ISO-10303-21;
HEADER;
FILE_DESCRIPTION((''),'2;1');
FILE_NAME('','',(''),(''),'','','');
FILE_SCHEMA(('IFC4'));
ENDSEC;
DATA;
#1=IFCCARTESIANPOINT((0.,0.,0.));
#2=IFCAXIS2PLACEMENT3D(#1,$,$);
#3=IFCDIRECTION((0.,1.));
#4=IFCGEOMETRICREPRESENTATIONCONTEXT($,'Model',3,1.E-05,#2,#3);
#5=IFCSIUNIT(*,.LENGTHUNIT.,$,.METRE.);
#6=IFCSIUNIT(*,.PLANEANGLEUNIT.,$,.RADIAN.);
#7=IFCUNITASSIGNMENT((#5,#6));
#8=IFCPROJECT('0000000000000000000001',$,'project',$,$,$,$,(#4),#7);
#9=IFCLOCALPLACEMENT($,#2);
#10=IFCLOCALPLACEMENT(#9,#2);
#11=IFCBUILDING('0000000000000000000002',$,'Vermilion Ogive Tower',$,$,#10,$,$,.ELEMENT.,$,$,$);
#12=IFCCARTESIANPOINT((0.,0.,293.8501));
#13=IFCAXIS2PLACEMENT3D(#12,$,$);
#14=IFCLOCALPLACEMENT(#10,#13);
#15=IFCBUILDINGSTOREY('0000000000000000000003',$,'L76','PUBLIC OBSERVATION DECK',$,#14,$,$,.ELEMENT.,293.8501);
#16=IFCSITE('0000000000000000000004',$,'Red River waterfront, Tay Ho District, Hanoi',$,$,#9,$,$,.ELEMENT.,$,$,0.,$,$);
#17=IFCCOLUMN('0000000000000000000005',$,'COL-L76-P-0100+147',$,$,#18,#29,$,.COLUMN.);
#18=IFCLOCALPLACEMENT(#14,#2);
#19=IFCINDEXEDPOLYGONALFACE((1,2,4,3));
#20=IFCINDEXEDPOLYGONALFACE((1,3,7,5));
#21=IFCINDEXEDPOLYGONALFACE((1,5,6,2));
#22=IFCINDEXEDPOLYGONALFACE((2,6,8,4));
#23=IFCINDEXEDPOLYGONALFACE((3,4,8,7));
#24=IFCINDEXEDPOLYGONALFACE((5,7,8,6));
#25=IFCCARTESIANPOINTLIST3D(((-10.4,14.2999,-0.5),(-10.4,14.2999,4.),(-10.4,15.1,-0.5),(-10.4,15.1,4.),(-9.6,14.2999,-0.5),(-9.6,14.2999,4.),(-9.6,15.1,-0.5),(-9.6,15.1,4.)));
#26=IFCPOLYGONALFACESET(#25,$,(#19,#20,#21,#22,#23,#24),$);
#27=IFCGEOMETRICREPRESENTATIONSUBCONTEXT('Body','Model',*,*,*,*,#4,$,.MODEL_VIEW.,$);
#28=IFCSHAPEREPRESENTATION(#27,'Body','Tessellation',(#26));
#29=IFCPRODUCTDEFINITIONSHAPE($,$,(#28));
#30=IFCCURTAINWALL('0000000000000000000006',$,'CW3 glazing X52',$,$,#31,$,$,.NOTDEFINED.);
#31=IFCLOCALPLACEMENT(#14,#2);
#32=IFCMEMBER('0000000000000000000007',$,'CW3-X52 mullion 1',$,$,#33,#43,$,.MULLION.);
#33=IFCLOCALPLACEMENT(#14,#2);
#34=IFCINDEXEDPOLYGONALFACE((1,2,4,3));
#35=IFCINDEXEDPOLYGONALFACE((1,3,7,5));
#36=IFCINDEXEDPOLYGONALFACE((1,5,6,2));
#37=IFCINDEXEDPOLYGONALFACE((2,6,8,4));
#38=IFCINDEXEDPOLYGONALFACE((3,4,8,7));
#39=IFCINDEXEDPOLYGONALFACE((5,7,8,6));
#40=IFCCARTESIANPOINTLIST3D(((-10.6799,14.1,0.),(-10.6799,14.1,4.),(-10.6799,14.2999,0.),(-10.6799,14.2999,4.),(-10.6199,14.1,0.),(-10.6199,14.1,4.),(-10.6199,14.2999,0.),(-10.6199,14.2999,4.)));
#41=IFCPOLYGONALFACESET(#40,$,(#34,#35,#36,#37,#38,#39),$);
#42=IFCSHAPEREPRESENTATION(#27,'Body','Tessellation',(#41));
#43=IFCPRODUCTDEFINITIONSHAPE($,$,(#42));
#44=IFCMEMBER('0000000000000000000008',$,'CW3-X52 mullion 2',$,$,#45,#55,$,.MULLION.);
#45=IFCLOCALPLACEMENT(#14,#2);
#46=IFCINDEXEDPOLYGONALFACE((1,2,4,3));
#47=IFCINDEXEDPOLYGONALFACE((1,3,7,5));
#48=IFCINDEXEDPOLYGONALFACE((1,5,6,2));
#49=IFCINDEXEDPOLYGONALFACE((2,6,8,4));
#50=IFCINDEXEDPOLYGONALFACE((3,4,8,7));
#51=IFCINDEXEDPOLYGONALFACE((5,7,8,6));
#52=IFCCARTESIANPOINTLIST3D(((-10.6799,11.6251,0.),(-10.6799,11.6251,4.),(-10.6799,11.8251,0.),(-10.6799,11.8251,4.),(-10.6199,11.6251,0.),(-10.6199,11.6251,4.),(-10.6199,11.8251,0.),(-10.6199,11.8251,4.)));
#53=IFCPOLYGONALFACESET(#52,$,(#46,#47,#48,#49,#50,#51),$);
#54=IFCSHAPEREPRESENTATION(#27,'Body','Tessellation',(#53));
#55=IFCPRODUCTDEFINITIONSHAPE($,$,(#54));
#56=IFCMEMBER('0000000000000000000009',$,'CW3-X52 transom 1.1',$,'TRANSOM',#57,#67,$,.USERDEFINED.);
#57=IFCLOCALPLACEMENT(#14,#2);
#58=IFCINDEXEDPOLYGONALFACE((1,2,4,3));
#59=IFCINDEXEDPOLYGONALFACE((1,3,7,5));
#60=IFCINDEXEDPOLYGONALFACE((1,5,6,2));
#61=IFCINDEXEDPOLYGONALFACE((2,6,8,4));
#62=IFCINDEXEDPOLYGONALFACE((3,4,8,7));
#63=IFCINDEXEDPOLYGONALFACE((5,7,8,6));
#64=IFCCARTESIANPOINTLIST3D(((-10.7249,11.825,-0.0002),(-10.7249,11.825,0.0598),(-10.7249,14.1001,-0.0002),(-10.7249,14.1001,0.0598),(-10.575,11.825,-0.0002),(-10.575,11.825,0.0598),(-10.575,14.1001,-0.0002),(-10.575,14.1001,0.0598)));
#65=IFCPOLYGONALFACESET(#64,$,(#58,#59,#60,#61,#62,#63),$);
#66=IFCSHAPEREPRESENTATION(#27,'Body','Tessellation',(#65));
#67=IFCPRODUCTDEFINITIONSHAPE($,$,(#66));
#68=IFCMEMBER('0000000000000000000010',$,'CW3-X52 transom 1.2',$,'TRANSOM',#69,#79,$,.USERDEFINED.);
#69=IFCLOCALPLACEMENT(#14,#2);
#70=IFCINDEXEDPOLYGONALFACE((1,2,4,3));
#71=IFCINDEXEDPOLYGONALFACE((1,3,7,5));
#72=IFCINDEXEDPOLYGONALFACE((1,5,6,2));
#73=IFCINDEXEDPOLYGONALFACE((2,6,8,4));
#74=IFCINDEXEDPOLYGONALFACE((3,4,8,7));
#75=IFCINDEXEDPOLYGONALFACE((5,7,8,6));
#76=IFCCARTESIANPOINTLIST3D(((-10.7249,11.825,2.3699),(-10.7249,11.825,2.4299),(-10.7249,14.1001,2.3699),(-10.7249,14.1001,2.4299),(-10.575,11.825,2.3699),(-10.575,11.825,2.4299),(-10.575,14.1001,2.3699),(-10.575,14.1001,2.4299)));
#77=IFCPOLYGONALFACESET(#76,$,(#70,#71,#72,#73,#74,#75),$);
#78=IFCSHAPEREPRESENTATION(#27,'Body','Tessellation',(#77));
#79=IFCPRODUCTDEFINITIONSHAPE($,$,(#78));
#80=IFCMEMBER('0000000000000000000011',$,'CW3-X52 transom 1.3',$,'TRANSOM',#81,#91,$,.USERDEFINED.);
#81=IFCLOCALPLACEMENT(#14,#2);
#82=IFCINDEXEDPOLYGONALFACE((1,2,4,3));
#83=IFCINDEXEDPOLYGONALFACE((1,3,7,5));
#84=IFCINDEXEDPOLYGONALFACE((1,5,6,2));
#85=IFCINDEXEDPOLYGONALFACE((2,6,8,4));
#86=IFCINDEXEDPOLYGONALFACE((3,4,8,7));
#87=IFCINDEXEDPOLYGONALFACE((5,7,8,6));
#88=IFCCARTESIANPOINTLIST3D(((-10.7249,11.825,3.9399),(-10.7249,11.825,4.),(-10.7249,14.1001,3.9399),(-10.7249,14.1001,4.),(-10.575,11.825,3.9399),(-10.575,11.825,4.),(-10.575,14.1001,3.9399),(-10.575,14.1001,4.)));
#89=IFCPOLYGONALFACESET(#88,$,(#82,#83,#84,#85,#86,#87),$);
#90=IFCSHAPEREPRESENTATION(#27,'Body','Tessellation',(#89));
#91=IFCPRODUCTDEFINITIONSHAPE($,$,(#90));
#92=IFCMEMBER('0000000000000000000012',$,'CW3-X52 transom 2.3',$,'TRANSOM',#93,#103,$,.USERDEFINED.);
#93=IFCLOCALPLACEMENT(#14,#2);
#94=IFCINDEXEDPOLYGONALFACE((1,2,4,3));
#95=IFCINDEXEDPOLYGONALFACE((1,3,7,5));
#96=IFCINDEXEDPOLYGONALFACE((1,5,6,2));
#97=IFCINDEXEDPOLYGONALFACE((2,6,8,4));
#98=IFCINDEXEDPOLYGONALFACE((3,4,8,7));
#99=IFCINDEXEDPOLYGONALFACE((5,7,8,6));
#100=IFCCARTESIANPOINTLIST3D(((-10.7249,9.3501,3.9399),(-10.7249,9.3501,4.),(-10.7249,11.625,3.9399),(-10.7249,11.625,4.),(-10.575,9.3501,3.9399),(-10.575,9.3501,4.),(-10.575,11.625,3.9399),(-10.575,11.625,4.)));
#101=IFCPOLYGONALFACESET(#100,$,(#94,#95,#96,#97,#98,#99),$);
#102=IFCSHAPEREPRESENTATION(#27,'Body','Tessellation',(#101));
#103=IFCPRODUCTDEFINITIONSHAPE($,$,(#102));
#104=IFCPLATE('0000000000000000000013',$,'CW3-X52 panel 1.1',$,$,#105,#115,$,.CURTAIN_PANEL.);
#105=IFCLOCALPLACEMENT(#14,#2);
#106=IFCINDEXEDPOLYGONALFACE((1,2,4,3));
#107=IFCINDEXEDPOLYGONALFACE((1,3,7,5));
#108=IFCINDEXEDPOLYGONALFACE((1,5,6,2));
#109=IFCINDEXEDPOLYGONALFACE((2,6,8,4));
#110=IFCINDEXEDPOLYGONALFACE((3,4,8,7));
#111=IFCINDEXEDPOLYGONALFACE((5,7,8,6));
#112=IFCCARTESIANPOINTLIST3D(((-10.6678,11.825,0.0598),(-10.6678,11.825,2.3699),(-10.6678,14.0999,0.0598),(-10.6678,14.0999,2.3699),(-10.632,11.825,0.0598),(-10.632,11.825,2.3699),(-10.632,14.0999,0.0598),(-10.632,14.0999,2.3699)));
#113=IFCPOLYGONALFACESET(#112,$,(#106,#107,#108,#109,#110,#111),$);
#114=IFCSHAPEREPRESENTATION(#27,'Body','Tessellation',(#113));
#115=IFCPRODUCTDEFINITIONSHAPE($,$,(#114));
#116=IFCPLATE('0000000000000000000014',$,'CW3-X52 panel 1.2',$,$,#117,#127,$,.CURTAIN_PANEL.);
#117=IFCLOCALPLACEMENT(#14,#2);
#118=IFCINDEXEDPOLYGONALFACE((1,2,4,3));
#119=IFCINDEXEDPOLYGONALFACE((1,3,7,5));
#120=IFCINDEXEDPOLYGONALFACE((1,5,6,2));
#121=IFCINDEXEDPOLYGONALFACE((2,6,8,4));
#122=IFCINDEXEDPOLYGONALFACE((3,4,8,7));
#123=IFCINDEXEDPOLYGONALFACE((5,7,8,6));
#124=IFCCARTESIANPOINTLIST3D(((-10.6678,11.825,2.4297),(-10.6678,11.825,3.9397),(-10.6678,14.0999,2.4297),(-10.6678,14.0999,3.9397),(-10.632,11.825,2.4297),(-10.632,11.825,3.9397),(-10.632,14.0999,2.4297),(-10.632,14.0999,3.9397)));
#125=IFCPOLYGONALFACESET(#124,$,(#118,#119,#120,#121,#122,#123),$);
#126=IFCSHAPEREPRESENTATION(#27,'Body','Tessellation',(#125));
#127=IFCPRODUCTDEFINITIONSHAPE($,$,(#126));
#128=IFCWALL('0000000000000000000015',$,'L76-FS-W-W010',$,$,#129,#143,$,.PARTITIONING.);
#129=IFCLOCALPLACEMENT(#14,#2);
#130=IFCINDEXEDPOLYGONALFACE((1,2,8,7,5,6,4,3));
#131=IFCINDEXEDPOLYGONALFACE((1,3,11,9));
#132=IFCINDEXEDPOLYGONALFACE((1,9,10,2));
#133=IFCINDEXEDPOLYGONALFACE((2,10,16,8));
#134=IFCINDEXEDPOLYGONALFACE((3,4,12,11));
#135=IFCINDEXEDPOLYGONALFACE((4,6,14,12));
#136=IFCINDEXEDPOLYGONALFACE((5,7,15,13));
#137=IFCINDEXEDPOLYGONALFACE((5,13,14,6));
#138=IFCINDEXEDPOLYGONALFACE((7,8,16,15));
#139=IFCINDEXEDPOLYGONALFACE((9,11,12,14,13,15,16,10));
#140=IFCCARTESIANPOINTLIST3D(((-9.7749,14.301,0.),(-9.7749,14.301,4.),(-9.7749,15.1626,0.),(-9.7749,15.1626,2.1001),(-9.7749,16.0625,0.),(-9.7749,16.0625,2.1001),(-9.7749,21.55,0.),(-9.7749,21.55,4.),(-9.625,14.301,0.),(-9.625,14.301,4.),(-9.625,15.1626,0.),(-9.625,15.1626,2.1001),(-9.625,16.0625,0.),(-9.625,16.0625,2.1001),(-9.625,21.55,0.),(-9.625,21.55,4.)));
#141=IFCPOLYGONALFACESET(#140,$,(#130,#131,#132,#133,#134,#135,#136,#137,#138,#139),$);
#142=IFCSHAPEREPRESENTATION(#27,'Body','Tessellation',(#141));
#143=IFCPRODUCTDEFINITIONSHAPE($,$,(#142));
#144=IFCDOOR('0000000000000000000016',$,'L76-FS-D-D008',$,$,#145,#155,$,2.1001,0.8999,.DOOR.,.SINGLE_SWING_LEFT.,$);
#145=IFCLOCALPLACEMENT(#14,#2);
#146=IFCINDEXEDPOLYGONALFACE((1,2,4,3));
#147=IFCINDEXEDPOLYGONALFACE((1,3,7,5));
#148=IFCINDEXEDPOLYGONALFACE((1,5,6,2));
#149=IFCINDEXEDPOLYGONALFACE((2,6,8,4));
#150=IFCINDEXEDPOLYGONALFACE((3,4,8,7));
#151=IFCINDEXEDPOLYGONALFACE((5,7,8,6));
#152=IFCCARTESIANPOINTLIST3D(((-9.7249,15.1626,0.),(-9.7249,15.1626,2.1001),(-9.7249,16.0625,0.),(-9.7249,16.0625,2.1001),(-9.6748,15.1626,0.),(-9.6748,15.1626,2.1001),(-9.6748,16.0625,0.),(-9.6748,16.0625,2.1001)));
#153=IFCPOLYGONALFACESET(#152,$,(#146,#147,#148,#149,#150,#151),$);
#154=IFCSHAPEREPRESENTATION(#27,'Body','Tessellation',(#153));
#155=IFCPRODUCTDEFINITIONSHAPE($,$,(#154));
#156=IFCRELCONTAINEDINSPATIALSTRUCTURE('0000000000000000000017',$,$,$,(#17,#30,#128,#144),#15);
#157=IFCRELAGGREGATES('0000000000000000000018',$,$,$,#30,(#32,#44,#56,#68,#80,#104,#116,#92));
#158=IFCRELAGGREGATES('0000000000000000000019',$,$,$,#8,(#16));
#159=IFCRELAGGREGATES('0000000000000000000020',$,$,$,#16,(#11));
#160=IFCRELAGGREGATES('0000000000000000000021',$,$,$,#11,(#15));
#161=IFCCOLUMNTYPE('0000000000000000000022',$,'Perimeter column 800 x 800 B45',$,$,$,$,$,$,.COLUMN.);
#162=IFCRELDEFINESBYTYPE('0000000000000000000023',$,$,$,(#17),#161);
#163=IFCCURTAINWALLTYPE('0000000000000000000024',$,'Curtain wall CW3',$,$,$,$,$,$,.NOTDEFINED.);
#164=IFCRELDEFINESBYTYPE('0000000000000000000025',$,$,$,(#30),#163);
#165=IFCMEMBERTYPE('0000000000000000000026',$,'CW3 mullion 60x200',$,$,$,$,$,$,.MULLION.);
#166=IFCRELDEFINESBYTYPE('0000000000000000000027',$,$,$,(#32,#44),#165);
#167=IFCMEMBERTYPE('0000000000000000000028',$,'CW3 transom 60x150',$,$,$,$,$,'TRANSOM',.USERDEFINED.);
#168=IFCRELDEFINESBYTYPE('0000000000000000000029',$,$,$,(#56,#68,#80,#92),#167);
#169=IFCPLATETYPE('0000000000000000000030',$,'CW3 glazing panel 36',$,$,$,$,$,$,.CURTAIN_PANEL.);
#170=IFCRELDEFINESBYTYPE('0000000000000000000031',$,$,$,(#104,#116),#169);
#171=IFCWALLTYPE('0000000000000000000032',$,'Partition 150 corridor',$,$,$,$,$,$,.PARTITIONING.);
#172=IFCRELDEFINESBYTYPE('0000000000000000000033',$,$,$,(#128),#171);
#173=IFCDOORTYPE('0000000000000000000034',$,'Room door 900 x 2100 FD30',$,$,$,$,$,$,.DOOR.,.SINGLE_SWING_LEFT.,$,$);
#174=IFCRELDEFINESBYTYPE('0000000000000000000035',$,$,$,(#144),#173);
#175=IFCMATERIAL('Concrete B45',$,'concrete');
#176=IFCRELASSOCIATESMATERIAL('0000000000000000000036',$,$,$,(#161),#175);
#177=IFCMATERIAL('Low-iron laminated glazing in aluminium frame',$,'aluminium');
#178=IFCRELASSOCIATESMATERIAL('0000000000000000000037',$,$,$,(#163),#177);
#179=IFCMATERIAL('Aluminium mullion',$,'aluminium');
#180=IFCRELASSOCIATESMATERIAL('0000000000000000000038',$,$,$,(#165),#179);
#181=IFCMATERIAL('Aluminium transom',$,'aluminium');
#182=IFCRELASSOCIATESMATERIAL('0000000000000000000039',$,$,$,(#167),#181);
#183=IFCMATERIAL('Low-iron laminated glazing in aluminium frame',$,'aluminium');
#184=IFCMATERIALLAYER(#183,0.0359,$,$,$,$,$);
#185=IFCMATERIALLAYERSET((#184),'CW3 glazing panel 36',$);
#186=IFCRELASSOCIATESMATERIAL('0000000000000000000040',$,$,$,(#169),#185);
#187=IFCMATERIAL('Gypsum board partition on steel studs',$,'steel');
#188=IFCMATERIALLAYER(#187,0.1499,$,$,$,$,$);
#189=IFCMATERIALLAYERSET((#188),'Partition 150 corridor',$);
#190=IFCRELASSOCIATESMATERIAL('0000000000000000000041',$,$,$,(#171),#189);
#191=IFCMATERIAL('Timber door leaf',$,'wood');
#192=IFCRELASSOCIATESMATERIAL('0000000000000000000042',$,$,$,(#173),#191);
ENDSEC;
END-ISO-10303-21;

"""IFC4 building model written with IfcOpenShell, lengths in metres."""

from ifc_helpers import new_model, si_unit, direction, frame, frame_2d, origin, origin_2d, place, context, subcontext, project, spatial, rectangle, extrude, material, layer, layer_set, material_profile, profile_set, type_object, element, fill, aggregate, save


model = new_model("IFC4")

# Units and contexts
model_context = context("Model", 3, precision=1e-05, world=origin(), true_north=direction((0.0, 1.0)))
body_context = subcontext(model_context, "Body", "Model", "MODEL_VIEW")
ifc_project = project(units=[si_unit("LENGTHUNIT", "METRE"), si_unit("PLANEANGLEUNIT", "RADIAN")], contexts=[model_context])

# Site, building, storey
site_placement = place(None, origin())
site = spatial("IfcSite", under=ifc_project, at=site_placement, Name="Red River waterfront, Tay Ho District, Hanoi", CompositionType="ELEMENT", RefElevation=0.0)
building_placement = place(site_placement, origin())
building = spatial("IfcBuilding", under=site, at=building_placement, Name="Vermilion Ogive Tower", CompositionType="ELEMENT")
storey_placement = place(building_placement, frame((0.0, 0.0, 293.8501)))
storey = spatial("IfcBuildingStorey", under=building, at=storey_placement, Name="L76", Description="PUBLIC OBSERVATION DECK", CompositionType="ELEMENT", Elevation=293.8501)

# Column
ifc_material_1 = material(Name="Concrete B45", Category="concrete")
ifc_material_profile_1 = material_profile(ifc_material_1, rectangle(XDim=0.8, YDim=0.8, at=origin_2d()), Name="800 x 800")
ifc_profile_set_1 = profile_set([ifc_material_profile_1], Name="Concrete B45")
column_type = type_object("IfcColumnType", Name="Perimeter column 800 x 800 B45", PredefinedType="COLUMN", material=ifc_profile_set_1)
column_placement = place(storey_placement, frame((-10.0, 14.7, -0.5), z_axis=(0.0, 0.0, 1.0), x_axis=(1.0, 0.0, 0.0)))
element("IfcColumn", 1, at=column_placement, inside=storey, type_object=column_type, Name="COL-L76-P-0100+147", PredefinedType="COLUMN", context=body_context, shape_type="SweptSolid", body=[
    extrude(rectangle(XDim=0.8, YDim=0.8, at=origin_2d()), origin(), (0.0, 0.0, 1.0), 4.5),
])

# Curtain wall, members, plates
ifc_material_2 = material(Name="Low-iron laminated glazing in aluminium frame", Category="aluminium")
curtain_wall_type = type_object("IfcCurtainWallType", Name="Curtain wall CW3", PredefinedType="NOTDEFINED", material=ifc_material_2)
curtain_wall_placement = place(storey_placement, origin())
curtain_wall = element("IfcCurtainWall", 2, at=curtain_wall_placement, inside=storey, type_object=curtain_wall_type, Name="CW3 glazing X52", PredefinedType="NOTDEFINED")
ifc_material_3 = material(Name="Aluminium mullion", Category="aluminium")
ifc_material_profile_2 = material_profile(ifc_material_3, rectangle(XDim=0.0601, YDim=0.2, at=origin_2d()), Name="AL 60x200")
ifc_profile_set_2 = profile_set([ifc_material_profile_2], Name="Aluminium mullion")
member_type_1 = type_object("IfcMemberType", Name="CW3 mullion 60x200", PredefinedType="MULLION", material=ifc_profile_set_2)
member_1_placement = place(storey_placement, frame((-10.6499, 14.2, 0.0), z_axis=(0.0, 0.0, 1.0), x_axis=(1.0, 0.0, 0.0)))
member_1 = element("IfcMember", 3, at=member_1_placement, type_object=member_type_1, Name="CW3-X52 mullion 1", PredefinedType="MULLION", context=body_context, shape_type="SweptSolid", body=[
    extrude(rectangle(XDim=0.0601, YDim=0.2, at=origin_2d()), origin(), (0.0, 0.0, 1.0), 4.0),
])
member_2_placement = place(storey_placement, frame((-10.6499, 11.7251, 0.0), z_axis=(0.0, 0.0, 1.0), x_axis=(1.0, 0.0, 0.0)))
member_2 = element("IfcMember", 4, at=member_2_placement, type_object=member_type_1, Name="CW3-X52 mullion 2", PredefinedType="MULLION", context=body_context, shape_type="SweptSolid", body=[
    extrude(rectangle(XDim=0.0601, YDim=0.2, at=origin_2d()), origin(), (0.0, 0.0, 1.0), 4.0),
])
ifc_material_4 = material(Name="Aluminium transom", Category="aluminium")
ifc_material_profile_3 = material_profile(ifc_material_4, rectangle(XDim=0.1499, YDim=0.0601, at=origin_2d()), Name="AL 60x150")
ifc_profile_set_3 = profile_set([ifc_material_profile_3], Name="Aluminium transom")
member_type_2 = type_object("IfcMemberType", Name="CW3 transom 60x150", ElementType="TRANSOM", PredefinedType="USERDEFINED", material=ifc_profile_set_3)
member_3_placement = place(storey_placement, frame((-10.6499, 14.1001, 0.0298), z_axis=(0.0, -1.0, 0.0), x_axis=(1.0, 0.0, 0.0)))
member_3 = element("IfcMember", 5, at=member_3_placement, type_object=member_type_2, Name="CW3-X52 transom 1.1", ObjectType="TRANSOM", PredefinedType="USERDEFINED", context=body_context, shape_type="SweptSolid", body=[
    extrude(rectangle(XDim=0.1499, YDim=0.0601, at=origin_2d()), origin(), (0.0, 0.0, 1.0), 2.2751),
])
member_4_placement = place(storey_placement, frame((-10.6499, 14.1001, 2.3999), z_axis=(0.0, -1.0, 0.0), x_axis=(1.0, 0.0, 0.0)))
member_4 = element("IfcMember", 6, at=member_4_placement, type_object=member_type_2, Name="CW3-X52 transom 1.2", ObjectType="TRANSOM", PredefinedType="USERDEFINED", context=body_context, shape_type="SweptSolid", body=[
    extrude(rectangle(XDim=0.1499, YDim=0.0601, at=origin_2d()), origin(), (0.0, 0.0, 1.0), 2.2751),
])
member_5_placement = place(storey_placement, frame((-10.6499, 14.1001, 3.97), z_axis=(0.0, -1.0, 0.0), x_axis=(1.0, 0.0, 0.0)))
member_5 = element("IfcMember", 7, at=member_5_placement, type_object=member_type_2, Name="CW3-X52 transom 1.3", ObjectType="TRANSOM", PredefinedType="USERDEFINED", context=body_context, shape_type="SweptSolid", body=[
    extrude(rectangle(XDim=0.1499, YDim=0.0601, at=origin_2d()), origin(), (0.0, 0.0, 1.0), 2.2751),
])
member_6_placement = place(storey_placement, frame((-10.6499, 11.625, 3.97), z_axis=(0.0, -1.0, 0.0), x_axis=(1.0, 0.0, 0.0)))
member_6 = element("IfcMember", 8, at=member_6_placement, type_object=member_type_2, Name="CW3-X52 transom 2.3", ObjectType="TRANSOM", PredefinedType="USERDEFINED", context=body_context, shape_type="SweptSolid", body=[
    extrude(rectangle(XDim=0.1499, YDim=0.0601, at=origin_2d()), origin(), (0.0, 0.0, 1.0), 2.2749),
])
ifc_material_5 = material(Name="Low-iron laminated glazing in aluminium frame", Category="aluminium")
ifc_layer_1 = layer(ifc_material_5, 0.0359)
ifc_layer_set_1 = layer_set([ifc_layer_1], Name="CW3 glazing panel 36")
plate_type = type_object("IfcPlateType", Name="CW3 glazing panel 36", PredefinedType="CURTAIN_PANEL", material=ifc_layer_set_1)
plate_1_placement = place(storey_placement, frame((-10.6499, 12.9624, 0.0598), z_axis=(0.0, 0.0, 1.0), x_axis=(0.0, -1.0, 0.0)))
plate_1 = element("IfcPlate", 9, at=plate_1_placement, type_object=plate_type, Name="CW3-X52 panel 1.1", PredefinedType="CURTAIN_PANEL", context=body_context, shape_type="SweptSolid", body=[
    extrude(rectangle(XDim=2.2749, YDim=0.0359, at=origin_2d()), origin(), (0.0, 0.0, 1.0), 2.3101),
])
plate_2_placement = place(storey_placement, frame((-10.6499, 12.9624, 2.4297), z_axis=(0.0, 0.0, 1.0), x_axis=(0.0, -1.0, 0.0)))
plate_2 = element("IfcPlate", 10, at=plate_2_placement, type_object=plate_type, Name="CW3-X52 panel 1.2", PredefinedType="CURTAIN_PANEL", context=body_context, shape_type="SweptSolid", body=[
    extrude(rectangle(XDim=2.2749, YDim=0.0359, at=origin_2d()), origin(), (0.0, 0.0, 1.0), 1.51),
])
aggregate(curtain_wall, [member_1, member_2, member_3, member_4, member_5, plate_1, plate_2, member_6])

# Wall, opening, door
ifc_material_6 = material(Name="Gypsum board partition on steel studs", Category="steel")
ifc_layer_2 = layer(ifc_material_6, 0.1499)
ifc_layer_set_2 = layer_set([ifc_layer_2], Name="Partition 150 corridor")
wall_type_1 = type_object("IfcWallType", Name="Partition 150 corridor", PredefinedType="PARTITIONING", material=ifc_layer_set_2)
wall_1_placement = place(storey_placement, frame((-9.7, 14.301, 0.0), z_axis=(0.0, 0.0, 1.0), x_axis=(0.0, 1.0, 0.0)))
wall_1 = element("IfcWall", 11, at=wall_1_placement, inside=storey, type_object=wall_type_1, Name="L76-FS-W-W010", PredefinedType="PARTITIONING", context=body_context, shape_type="SweptSolid", body=[
    extrude(rectangle(XDim=7.249, YDim=0.1499, at=frame_2d((3.6245, 0.0))), origin(), (0.0, 0.0, 1.0), 4.0),
])
opening_1_placement = place(wall_1_placement, frame((0.8616, 0.0, 0.0)))
opening_1 = element("IfcOpeningElement", 12, at=opening_1_placement, cuts=wall_1, PredefinedType="OPENING", context=body_context, shape_type="SweptSolid", body=[
    extrude(rectangle(XDim=0.8999, YDim=2.1001, at=frame_2d((0.45, 1.05))), frame((0.0, 0.085, 0.0), z_axis=(0.0, -1.0, 0.0), x_axis=(1.0, 0.0, 0.0)), (0.0, 0.0, 1.0), 0.1699),
])
ifc_material_7 = material(Name="Timber door leaf", Category="wood")
door_type_1 = type_object("IfcDoorType", Name="Room door 900 x 2100 FD30", OperationType="SINGLE_SWING_LEFT", PredefinedType="DOOR", material=ifc_material_7)
door_1_placement = place(opening_1_placement, origin())
door_1 = element("IfcDoor", 13, at=door_1_placement, inside=storey, type_object=door_type_1, Name="L76-FS-D-D008", OperationType="SINGLE_SWING_LEFT", OverallHeight=2.1001, OverallWidth=0.8999, PredefinedType="DOOR", context=body_context, shape_type="SweptSolid", body=[
    extrude(rectangle(XDim=0.8999, YDim=2.1001, at=frame_2d((0.45, 1.05))), frame((0.0, 0.0249, 0.0), z_axis=(0.0, -1.0, 0.0), x_axis=(1.0, 0.0, 0.0)), (0.0, 0.0, 1.0), 0.05),
])
fill(opening_1, door_1)

save(model, "model.ifc")
